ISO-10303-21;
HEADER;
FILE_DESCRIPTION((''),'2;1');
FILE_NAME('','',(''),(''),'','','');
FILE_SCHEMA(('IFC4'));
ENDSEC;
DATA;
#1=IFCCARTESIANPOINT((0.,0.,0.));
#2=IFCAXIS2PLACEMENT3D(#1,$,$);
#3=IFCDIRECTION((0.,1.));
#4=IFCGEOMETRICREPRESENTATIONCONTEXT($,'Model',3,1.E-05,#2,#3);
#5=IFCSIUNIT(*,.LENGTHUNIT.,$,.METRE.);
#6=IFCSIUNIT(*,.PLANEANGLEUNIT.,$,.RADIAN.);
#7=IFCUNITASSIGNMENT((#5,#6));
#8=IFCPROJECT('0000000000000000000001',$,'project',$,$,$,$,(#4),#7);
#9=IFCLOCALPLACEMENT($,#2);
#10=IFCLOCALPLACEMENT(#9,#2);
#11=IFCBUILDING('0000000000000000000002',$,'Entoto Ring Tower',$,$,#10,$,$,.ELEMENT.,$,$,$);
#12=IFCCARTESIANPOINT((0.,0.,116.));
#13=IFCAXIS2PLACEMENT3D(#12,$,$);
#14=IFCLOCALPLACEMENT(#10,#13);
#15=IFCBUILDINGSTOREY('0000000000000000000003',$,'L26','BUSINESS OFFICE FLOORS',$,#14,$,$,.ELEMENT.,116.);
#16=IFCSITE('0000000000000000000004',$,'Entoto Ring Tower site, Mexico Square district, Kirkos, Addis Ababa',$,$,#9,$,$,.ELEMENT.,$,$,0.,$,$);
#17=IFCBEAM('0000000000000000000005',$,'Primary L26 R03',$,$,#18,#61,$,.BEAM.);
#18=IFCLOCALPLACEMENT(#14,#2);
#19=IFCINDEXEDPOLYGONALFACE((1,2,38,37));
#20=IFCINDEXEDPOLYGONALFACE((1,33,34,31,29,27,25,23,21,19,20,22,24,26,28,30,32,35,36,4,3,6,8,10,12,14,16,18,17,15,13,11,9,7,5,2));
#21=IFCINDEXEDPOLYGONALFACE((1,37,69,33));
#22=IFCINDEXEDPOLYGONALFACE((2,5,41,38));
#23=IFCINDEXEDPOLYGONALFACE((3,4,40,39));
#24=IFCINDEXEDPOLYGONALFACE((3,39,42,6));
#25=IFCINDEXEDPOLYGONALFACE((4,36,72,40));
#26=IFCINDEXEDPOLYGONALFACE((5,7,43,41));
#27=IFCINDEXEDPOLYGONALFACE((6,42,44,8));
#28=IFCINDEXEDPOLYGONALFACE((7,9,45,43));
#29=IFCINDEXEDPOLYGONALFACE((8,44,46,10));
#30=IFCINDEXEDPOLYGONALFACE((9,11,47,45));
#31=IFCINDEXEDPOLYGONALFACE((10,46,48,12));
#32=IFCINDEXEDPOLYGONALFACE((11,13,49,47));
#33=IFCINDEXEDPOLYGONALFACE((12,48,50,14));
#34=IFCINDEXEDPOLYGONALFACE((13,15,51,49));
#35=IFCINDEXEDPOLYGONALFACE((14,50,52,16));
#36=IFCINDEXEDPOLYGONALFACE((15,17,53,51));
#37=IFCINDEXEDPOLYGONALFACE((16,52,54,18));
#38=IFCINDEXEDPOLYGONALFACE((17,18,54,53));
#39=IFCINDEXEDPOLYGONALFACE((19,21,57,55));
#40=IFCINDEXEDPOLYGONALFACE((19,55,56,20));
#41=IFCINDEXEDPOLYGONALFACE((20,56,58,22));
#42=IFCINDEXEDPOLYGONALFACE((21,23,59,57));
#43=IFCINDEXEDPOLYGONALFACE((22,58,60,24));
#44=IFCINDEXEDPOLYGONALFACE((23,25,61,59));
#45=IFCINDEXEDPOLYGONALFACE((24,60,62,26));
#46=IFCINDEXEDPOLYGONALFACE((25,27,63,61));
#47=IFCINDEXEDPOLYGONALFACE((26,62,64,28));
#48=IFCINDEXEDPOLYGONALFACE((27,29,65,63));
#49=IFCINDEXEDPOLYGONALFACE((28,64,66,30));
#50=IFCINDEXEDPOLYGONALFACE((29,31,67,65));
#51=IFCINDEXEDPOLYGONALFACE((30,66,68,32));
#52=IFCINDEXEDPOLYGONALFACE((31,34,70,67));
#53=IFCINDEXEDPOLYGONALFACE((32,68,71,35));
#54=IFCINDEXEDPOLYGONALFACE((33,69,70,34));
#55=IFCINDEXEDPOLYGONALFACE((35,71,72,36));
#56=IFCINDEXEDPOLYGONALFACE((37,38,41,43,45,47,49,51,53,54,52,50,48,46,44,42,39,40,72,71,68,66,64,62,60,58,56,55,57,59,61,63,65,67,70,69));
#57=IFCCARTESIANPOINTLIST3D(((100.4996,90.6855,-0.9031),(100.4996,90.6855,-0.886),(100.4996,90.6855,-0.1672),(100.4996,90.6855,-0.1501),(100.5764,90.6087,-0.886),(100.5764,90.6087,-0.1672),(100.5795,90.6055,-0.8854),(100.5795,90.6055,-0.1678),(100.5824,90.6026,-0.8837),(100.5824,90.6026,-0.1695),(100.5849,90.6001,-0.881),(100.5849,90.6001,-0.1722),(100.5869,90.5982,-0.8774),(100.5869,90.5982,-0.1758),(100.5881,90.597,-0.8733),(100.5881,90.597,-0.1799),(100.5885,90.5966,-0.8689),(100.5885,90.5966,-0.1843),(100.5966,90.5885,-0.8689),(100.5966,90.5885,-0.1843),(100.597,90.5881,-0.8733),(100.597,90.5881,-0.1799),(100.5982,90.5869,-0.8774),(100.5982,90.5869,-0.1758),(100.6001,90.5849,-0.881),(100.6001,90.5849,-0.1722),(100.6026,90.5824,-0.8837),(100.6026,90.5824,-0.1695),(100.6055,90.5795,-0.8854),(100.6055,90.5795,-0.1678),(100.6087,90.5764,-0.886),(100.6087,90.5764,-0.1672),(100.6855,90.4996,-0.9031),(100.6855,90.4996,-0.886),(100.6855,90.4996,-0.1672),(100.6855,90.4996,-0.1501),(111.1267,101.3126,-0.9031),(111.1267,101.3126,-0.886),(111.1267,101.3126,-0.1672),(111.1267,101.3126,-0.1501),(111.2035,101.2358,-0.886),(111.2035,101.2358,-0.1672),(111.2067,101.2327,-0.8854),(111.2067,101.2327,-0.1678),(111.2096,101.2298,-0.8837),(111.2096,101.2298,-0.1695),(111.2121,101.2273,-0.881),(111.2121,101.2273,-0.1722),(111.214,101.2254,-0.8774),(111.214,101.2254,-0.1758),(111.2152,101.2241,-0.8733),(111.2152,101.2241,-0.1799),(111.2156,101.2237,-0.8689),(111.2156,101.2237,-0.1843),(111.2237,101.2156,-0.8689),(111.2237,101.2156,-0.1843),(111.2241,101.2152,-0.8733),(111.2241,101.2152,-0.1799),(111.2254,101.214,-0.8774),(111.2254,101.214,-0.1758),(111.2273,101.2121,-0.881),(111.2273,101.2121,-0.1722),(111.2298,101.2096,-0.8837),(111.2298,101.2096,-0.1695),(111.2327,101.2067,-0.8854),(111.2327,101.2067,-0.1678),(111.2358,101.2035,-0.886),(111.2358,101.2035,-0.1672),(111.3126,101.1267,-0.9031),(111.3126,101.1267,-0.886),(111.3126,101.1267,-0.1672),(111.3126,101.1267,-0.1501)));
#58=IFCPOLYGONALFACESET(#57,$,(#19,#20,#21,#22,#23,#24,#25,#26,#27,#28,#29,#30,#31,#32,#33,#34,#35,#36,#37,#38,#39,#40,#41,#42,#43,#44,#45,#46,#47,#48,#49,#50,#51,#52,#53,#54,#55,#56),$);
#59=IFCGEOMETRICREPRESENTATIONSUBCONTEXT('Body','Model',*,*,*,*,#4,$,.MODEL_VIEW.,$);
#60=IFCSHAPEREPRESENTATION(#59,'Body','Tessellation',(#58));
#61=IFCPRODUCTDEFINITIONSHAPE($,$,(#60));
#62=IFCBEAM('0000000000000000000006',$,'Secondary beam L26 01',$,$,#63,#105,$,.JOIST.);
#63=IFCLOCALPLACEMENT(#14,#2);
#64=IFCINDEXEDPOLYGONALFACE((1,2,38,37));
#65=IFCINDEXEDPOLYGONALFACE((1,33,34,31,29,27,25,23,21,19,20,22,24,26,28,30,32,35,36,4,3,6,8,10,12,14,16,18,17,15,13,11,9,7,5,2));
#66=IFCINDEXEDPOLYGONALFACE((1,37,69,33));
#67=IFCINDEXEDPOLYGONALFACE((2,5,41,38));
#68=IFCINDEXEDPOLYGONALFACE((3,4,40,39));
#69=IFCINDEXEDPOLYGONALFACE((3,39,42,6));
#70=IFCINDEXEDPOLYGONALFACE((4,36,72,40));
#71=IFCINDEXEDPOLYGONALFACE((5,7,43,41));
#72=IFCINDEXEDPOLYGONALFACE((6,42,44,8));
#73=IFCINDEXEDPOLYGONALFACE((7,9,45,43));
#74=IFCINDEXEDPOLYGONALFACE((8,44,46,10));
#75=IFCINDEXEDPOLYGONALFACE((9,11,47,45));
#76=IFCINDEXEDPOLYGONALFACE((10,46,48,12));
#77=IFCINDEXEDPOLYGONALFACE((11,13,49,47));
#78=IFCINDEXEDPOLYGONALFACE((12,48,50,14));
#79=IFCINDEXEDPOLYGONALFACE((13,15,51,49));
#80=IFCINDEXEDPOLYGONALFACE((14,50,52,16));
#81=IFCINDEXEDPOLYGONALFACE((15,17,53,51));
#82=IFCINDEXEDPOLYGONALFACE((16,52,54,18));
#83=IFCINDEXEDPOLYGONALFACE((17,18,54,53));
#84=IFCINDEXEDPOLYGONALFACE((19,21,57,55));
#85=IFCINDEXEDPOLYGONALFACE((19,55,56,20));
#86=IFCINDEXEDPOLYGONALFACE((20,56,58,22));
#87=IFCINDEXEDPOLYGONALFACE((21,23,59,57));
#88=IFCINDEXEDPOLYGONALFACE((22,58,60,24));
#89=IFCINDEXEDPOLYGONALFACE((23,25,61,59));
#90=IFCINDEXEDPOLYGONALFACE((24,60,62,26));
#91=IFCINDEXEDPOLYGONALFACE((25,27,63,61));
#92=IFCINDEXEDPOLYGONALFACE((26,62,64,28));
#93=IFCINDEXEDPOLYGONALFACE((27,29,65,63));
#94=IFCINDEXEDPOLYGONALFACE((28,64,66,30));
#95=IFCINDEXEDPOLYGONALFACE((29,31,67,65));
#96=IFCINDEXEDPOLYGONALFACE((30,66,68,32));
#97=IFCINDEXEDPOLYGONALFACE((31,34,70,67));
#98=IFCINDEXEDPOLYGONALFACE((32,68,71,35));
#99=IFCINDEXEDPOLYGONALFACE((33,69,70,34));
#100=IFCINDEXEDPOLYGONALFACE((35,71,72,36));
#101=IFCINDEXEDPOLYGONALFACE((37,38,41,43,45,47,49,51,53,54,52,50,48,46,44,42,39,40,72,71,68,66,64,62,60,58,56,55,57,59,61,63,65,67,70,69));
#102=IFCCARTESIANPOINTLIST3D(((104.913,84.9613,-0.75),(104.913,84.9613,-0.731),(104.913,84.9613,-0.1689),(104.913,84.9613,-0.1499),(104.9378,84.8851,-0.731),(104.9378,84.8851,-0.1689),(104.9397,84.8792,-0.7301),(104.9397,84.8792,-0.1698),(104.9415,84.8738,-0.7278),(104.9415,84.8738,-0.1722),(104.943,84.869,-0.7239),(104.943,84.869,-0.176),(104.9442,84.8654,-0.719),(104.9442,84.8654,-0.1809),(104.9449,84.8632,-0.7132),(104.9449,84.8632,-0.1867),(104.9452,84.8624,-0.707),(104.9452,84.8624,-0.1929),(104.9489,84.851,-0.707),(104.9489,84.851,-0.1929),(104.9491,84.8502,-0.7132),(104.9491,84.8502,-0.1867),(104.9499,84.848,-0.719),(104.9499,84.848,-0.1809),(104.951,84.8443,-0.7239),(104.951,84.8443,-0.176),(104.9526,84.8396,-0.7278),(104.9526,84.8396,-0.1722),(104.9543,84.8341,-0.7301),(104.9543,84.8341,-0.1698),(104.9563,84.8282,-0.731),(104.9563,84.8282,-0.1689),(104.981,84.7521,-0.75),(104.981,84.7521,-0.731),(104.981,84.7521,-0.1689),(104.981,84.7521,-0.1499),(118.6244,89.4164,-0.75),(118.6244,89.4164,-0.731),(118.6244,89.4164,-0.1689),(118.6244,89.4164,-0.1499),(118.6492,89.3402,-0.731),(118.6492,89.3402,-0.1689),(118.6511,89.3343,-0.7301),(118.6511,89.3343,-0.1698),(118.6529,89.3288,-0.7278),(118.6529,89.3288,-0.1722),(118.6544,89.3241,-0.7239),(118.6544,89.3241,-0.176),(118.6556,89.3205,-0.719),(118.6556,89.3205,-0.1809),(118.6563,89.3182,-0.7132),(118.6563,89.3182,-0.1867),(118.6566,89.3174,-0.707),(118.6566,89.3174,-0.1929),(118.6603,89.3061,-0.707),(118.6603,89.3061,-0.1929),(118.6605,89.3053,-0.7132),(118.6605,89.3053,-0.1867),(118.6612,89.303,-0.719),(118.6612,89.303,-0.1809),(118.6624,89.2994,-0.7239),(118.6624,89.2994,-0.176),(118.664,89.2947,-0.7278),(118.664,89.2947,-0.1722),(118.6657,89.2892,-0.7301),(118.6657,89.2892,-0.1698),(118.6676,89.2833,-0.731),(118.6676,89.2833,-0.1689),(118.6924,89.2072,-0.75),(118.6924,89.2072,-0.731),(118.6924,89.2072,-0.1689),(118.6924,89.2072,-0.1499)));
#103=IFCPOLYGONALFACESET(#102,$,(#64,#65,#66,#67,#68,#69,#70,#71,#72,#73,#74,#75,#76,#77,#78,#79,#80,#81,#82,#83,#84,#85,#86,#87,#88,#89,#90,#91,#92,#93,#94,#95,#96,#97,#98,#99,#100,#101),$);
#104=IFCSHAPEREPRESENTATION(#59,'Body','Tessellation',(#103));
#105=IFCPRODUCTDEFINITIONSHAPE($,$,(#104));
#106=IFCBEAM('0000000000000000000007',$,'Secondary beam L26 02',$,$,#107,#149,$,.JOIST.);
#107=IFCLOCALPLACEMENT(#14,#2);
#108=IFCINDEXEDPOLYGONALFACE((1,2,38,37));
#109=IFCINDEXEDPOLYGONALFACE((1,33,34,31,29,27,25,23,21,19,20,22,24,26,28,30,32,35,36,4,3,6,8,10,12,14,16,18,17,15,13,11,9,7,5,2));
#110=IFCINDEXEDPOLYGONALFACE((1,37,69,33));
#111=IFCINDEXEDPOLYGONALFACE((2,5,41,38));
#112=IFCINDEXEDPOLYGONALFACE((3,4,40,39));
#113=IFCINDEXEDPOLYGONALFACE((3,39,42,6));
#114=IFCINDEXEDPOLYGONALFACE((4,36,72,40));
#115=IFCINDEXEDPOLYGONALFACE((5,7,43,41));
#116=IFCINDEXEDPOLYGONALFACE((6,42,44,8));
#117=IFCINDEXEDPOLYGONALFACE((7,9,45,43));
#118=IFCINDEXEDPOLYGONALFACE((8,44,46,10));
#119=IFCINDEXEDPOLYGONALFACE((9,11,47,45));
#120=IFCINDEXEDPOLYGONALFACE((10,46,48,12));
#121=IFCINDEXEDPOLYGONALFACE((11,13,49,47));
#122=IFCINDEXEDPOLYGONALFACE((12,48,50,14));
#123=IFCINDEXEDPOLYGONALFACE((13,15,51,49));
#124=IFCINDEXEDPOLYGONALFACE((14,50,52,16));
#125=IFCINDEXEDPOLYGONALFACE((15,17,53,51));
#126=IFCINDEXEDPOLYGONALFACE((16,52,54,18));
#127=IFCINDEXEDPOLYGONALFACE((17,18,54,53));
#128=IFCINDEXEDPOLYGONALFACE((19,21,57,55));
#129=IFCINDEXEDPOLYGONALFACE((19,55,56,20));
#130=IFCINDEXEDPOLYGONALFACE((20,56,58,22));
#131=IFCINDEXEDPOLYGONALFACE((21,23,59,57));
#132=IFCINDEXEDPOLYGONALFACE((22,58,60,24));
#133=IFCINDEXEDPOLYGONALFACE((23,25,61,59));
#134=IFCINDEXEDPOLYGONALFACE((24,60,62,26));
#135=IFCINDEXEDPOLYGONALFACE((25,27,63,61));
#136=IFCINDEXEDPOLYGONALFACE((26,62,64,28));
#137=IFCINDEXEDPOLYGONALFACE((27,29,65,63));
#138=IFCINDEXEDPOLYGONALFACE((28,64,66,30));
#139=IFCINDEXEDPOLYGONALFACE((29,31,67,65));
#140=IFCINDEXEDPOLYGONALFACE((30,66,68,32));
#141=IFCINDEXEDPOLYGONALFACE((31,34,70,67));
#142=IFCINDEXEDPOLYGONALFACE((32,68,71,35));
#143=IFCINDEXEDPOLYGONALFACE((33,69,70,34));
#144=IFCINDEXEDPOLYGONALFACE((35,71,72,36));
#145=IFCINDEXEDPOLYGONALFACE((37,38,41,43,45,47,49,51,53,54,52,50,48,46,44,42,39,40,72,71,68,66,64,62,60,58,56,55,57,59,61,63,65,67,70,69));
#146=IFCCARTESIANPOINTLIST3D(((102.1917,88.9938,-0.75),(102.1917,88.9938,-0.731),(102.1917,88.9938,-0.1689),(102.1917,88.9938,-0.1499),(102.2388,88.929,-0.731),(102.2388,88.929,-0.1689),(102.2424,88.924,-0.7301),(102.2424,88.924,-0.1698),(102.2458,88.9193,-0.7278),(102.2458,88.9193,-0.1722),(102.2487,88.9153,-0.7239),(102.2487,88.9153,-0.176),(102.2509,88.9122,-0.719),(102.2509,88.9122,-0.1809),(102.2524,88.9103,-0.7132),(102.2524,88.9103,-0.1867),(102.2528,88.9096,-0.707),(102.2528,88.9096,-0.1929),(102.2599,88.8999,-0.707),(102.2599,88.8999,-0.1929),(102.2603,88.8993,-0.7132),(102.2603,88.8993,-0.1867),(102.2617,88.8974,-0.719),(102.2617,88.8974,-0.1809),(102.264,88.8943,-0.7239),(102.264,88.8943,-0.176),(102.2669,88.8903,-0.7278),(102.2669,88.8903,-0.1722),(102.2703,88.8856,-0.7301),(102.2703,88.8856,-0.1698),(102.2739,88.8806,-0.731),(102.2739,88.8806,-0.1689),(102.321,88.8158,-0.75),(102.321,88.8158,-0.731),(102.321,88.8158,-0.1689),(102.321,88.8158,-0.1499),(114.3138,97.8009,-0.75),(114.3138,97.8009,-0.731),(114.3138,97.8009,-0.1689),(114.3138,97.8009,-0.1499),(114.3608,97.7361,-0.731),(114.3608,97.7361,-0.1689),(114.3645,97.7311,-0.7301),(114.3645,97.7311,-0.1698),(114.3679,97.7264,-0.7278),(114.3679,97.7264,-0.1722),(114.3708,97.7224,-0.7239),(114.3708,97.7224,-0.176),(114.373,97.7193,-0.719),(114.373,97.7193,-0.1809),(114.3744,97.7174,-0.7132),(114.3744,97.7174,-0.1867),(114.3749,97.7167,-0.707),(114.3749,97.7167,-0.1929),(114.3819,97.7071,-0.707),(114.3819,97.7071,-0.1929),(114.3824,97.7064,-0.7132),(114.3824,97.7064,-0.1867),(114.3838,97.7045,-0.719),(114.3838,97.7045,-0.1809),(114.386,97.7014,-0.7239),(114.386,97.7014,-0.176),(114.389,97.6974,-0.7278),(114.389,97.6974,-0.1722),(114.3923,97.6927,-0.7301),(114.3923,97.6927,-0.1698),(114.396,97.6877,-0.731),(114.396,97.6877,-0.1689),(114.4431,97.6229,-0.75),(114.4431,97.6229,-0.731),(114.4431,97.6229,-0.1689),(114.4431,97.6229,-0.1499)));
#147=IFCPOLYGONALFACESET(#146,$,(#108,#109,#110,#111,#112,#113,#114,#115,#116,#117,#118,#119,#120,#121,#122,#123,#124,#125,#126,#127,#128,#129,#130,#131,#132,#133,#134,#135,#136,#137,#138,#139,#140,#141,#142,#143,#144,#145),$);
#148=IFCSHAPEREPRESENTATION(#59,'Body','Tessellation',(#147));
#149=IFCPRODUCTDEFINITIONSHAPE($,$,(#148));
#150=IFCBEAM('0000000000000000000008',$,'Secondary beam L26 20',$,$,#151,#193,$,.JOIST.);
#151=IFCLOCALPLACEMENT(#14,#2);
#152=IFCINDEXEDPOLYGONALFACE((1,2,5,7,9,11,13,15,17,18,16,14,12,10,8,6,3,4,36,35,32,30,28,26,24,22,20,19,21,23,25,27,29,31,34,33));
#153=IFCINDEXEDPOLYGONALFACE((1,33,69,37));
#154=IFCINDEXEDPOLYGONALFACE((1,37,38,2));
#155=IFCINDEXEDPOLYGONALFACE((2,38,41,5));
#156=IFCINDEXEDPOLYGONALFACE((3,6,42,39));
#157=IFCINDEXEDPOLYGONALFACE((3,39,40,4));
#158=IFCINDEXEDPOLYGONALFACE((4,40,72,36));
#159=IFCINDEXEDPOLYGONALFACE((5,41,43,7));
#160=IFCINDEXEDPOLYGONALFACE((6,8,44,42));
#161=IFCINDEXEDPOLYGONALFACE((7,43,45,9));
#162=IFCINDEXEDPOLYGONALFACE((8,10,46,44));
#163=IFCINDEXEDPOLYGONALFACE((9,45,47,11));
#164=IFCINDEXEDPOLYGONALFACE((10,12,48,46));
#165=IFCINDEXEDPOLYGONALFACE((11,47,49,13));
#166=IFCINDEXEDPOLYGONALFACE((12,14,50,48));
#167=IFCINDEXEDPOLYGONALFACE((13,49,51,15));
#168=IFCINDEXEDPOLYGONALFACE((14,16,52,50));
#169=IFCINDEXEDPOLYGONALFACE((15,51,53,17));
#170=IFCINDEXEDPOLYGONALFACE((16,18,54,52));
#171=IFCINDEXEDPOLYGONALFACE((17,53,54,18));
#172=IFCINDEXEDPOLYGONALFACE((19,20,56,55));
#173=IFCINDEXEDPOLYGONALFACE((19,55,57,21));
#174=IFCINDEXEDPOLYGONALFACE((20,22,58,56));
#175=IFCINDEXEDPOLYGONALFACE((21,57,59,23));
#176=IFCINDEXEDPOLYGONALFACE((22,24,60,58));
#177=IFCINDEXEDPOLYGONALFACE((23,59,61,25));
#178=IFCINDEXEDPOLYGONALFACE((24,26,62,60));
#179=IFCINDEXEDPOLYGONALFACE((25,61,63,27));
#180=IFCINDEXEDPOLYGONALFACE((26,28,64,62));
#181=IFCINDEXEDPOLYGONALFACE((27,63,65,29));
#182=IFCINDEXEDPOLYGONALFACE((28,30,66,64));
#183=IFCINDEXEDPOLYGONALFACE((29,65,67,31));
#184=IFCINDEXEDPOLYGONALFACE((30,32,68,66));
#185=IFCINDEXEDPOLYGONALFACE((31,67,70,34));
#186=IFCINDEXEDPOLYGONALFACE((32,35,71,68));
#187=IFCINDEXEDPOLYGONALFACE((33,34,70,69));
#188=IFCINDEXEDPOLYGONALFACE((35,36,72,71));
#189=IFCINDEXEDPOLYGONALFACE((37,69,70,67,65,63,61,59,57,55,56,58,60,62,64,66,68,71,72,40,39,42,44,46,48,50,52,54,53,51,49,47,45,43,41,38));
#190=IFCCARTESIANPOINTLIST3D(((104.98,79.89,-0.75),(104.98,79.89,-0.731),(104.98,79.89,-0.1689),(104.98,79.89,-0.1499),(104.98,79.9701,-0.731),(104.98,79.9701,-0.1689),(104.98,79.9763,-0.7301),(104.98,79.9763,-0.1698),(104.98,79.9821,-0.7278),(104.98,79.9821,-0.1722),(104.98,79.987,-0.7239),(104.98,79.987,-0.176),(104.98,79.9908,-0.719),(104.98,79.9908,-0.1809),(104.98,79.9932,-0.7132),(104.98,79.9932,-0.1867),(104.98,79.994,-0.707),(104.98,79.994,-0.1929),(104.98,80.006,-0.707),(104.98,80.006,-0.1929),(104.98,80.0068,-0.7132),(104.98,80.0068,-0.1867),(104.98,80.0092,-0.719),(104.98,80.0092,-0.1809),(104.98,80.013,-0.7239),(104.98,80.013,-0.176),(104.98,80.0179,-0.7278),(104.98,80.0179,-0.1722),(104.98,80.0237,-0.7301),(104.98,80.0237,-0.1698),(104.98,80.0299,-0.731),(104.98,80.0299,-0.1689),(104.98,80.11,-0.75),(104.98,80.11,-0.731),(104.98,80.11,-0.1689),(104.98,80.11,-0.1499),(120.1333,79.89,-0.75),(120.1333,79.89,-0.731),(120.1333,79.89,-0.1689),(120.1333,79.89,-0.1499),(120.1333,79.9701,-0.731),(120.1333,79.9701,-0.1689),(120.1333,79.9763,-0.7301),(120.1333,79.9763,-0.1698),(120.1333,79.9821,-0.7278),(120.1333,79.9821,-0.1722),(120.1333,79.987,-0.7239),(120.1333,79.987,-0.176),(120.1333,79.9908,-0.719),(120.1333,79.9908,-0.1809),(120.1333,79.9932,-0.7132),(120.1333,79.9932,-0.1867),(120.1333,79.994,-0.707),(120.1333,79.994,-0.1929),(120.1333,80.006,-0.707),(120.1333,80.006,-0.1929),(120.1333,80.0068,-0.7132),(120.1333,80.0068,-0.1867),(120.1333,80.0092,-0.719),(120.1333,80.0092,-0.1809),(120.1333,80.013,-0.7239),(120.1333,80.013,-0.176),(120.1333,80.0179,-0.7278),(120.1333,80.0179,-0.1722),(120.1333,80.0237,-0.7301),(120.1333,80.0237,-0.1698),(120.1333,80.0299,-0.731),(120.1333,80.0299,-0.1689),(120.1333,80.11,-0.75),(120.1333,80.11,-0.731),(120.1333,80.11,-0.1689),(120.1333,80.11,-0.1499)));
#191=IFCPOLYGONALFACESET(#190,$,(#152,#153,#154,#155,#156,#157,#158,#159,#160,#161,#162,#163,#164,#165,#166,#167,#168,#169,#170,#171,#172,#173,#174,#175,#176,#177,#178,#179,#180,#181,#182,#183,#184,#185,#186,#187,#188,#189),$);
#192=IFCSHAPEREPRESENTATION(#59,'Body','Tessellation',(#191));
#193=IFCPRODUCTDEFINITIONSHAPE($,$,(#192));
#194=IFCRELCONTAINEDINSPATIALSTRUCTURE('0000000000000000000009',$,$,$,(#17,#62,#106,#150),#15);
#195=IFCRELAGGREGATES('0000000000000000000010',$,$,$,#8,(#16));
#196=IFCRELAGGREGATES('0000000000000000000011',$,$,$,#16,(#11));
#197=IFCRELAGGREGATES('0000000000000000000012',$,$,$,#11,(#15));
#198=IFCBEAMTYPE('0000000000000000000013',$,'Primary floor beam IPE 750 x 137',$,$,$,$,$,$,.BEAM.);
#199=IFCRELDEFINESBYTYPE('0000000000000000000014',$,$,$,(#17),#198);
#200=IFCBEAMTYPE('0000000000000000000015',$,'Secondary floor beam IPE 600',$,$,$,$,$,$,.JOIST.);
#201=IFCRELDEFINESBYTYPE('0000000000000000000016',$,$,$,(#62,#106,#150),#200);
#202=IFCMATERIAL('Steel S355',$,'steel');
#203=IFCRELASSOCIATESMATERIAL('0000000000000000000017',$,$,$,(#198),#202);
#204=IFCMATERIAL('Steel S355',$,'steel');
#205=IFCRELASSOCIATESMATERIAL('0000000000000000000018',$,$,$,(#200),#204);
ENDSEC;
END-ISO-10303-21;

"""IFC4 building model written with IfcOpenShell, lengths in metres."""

from ifc_helpers import new_model, si_unit, direction, frame, origin, origin_2d, place, context, subcontext, project, spatial, i_section, extrude, material, material_profile, profile_set, type_object, element, save


model = new_model("IFC4")

# Units and contexts
model_context = context("Model", 3, precision=1e-05, world=origin(), true_north=direction((0.0, 1.0)))
body_context = subcontext(model_context, "Body", "Model", "MODEL_VIEW")
ifc_project = project(units=[si_unit("LENGTHUNIT", "METRE"), si_unit("PLANEANGLEUNIT", "RADIAN")], contexts=[model_context])

# Site, building, storey
site_placement = place(None, origin())
site = spatial("IfcSite", under=ifc_project, at=site_placement, Name="Entoto Ring Tower site, Mexico Square district, Kirkos, Addis Ababa", CompositionType="ELEMENT", RefElevation=0.0)
building_placement = place(site_placement, origin())
building = spatial("IfcBuilding", under=site, at=building_placement, Name="Entoto Ring Tower", CompositionType="ELEMENT")
storey_placement = place(building_placement, frame((0.0, 0.0, 116.0)))
storey = spatial("IfcBuildingStorey", under=building, at=storey_placement, Name="L26", Description="BUSINESS OFFICE FLOORS", CompositionType="ELEMENT", Elevation=116.0)

# Beams
ifc_material_1 = material(Name="Steel S355", Category="steel")
ifc_material_profile_1 = material_profile(ifc_material_1, i_section(OverallWidth=0.2629, OverallDepth=0.7529, WebThickness=0.0115, FlangeThickness=0.0171, FilletRadius=0.0171, at=origin_2d()), Name="IPE 750 x 137")
ifc_profile_set_1 = profile_set([ifc_material_profile_1], Name="Steel S355")
beam_type_1 = type_object("IfcBeamType", Name="Primary floor beam IPE 750 x 137", PredefinedType="BEAM", material=ifc_profile_set_1)
beam_1_placement = place(storey_placement, frame((100.5925, 90.5925, -0.5266), z_axis=(0.707107, 0.707107, 0.0), x_axis=(-0.707107, 0.707107, 0.0)))
element("IfcBeam", 1, at=beam_1_placement, inside=storey, type_object=beam_type_1, Name="Primary L26 R03", PredefinedType="BEAM", context=body_context, shape_type="SweptSolid", body=[
    extrude(i_section(OverallWidth=0.2629, OverallDepth=0.7529, WebThickness=0.0115, FlangeThickness=0.0171, FilletRadius=0.0171, at=origin_2d()), origin(), (0.0, 0.0, 1.0), 15.0291),
])
ifc_material_2 = material(Name="Steel S355", Category="steel")
ifc_material_profile_2 = material_profile(ifc_material_2, i_section(OverallWidth=0.22, OverallDepth=0.6001, WebThickness=0.012, FlangeThickness=0.019, FilletRadius=0.0239, at=origin_2d()), Name="IPE 600")
ifc_profile_set_2 = profile_set([ifc_material_profile_2], Name="Steel S355")
beam_type_2 = type_object("IfcBeamType", Name="Secondary floor beam IPE 600", PredefinedType="JOIST", material=ifc_profile_set_2)
beam_2_placement = place(storey_placement, frame((104.947, 84.8567, -0.45), z_axis=(0.951057, 0.309015, 0.0), x_axis=(-0.309015, 0.951057, 0.0)))
element("IfcBeam", 2, at=beam_2_placement, inside=storey, type_object=beam_type_2, Name="Secondary beam L26 01", PredefinedType="JOIST", context=body_context, shape_type="SweptSolid", body=[
    extrude(i_section(OverallWidth=0.22, OverallDepth=0.6001, WebThickness=0.012, FlangeThickness=0.019, FilletRadius=0.0239, at=origin_2d()), origin(), (0.0, 0.0, 1.0), 14.417),
])
beam_3_placement = place(storey_placement, frame((102.2563, 88.9048, -0.45), z_axis=(0.809019, 0.587782, 0.0), x_axis=(-0.587782, 0.809019, 0.0)))
element("IfcBeam", 3, at=beam_3_placement, inside=storey, type_object=beam_type_2, Name="Secondary beam L26 02", PredefinedType="JOIST", context=body_context, shape_type="SweptSolid", body=[
    extrude(i_section(OverallWidth=0.22, OverallDepth=0.6001, WebThickness=0.012, FlangeThickness=0.019, FilletRadius=0.0239, at=origin_2d()), origin(), (0.0, 0.0, 1.0), 14.9836),
])
beam_4_placement = place(storey_placement, frame((104.98, 80.0, -0.45), z_axis=(1.0, 0.0, 0.0), x_axis=(0.0, 1.0, 0.0)))
element("IfcBeam", 4, at=beam_4_placement, inside=storey, type_object=beam_type_2, Name="Secondary beam L26 20", PredefinedType="JOIST", context=body_context, shape_type="SweptSolid", body=[
    extrude(i_section(OverallWidth=0.22, OverallDepth=0.6001, WebThickness=0.012, FlangeThickness=0.019, FilletRadius=0.0239, at=origin_2d()), origin(), (0.0, 0.0, 1.0), 15.1533),
])

save(model, "model.ifc")
